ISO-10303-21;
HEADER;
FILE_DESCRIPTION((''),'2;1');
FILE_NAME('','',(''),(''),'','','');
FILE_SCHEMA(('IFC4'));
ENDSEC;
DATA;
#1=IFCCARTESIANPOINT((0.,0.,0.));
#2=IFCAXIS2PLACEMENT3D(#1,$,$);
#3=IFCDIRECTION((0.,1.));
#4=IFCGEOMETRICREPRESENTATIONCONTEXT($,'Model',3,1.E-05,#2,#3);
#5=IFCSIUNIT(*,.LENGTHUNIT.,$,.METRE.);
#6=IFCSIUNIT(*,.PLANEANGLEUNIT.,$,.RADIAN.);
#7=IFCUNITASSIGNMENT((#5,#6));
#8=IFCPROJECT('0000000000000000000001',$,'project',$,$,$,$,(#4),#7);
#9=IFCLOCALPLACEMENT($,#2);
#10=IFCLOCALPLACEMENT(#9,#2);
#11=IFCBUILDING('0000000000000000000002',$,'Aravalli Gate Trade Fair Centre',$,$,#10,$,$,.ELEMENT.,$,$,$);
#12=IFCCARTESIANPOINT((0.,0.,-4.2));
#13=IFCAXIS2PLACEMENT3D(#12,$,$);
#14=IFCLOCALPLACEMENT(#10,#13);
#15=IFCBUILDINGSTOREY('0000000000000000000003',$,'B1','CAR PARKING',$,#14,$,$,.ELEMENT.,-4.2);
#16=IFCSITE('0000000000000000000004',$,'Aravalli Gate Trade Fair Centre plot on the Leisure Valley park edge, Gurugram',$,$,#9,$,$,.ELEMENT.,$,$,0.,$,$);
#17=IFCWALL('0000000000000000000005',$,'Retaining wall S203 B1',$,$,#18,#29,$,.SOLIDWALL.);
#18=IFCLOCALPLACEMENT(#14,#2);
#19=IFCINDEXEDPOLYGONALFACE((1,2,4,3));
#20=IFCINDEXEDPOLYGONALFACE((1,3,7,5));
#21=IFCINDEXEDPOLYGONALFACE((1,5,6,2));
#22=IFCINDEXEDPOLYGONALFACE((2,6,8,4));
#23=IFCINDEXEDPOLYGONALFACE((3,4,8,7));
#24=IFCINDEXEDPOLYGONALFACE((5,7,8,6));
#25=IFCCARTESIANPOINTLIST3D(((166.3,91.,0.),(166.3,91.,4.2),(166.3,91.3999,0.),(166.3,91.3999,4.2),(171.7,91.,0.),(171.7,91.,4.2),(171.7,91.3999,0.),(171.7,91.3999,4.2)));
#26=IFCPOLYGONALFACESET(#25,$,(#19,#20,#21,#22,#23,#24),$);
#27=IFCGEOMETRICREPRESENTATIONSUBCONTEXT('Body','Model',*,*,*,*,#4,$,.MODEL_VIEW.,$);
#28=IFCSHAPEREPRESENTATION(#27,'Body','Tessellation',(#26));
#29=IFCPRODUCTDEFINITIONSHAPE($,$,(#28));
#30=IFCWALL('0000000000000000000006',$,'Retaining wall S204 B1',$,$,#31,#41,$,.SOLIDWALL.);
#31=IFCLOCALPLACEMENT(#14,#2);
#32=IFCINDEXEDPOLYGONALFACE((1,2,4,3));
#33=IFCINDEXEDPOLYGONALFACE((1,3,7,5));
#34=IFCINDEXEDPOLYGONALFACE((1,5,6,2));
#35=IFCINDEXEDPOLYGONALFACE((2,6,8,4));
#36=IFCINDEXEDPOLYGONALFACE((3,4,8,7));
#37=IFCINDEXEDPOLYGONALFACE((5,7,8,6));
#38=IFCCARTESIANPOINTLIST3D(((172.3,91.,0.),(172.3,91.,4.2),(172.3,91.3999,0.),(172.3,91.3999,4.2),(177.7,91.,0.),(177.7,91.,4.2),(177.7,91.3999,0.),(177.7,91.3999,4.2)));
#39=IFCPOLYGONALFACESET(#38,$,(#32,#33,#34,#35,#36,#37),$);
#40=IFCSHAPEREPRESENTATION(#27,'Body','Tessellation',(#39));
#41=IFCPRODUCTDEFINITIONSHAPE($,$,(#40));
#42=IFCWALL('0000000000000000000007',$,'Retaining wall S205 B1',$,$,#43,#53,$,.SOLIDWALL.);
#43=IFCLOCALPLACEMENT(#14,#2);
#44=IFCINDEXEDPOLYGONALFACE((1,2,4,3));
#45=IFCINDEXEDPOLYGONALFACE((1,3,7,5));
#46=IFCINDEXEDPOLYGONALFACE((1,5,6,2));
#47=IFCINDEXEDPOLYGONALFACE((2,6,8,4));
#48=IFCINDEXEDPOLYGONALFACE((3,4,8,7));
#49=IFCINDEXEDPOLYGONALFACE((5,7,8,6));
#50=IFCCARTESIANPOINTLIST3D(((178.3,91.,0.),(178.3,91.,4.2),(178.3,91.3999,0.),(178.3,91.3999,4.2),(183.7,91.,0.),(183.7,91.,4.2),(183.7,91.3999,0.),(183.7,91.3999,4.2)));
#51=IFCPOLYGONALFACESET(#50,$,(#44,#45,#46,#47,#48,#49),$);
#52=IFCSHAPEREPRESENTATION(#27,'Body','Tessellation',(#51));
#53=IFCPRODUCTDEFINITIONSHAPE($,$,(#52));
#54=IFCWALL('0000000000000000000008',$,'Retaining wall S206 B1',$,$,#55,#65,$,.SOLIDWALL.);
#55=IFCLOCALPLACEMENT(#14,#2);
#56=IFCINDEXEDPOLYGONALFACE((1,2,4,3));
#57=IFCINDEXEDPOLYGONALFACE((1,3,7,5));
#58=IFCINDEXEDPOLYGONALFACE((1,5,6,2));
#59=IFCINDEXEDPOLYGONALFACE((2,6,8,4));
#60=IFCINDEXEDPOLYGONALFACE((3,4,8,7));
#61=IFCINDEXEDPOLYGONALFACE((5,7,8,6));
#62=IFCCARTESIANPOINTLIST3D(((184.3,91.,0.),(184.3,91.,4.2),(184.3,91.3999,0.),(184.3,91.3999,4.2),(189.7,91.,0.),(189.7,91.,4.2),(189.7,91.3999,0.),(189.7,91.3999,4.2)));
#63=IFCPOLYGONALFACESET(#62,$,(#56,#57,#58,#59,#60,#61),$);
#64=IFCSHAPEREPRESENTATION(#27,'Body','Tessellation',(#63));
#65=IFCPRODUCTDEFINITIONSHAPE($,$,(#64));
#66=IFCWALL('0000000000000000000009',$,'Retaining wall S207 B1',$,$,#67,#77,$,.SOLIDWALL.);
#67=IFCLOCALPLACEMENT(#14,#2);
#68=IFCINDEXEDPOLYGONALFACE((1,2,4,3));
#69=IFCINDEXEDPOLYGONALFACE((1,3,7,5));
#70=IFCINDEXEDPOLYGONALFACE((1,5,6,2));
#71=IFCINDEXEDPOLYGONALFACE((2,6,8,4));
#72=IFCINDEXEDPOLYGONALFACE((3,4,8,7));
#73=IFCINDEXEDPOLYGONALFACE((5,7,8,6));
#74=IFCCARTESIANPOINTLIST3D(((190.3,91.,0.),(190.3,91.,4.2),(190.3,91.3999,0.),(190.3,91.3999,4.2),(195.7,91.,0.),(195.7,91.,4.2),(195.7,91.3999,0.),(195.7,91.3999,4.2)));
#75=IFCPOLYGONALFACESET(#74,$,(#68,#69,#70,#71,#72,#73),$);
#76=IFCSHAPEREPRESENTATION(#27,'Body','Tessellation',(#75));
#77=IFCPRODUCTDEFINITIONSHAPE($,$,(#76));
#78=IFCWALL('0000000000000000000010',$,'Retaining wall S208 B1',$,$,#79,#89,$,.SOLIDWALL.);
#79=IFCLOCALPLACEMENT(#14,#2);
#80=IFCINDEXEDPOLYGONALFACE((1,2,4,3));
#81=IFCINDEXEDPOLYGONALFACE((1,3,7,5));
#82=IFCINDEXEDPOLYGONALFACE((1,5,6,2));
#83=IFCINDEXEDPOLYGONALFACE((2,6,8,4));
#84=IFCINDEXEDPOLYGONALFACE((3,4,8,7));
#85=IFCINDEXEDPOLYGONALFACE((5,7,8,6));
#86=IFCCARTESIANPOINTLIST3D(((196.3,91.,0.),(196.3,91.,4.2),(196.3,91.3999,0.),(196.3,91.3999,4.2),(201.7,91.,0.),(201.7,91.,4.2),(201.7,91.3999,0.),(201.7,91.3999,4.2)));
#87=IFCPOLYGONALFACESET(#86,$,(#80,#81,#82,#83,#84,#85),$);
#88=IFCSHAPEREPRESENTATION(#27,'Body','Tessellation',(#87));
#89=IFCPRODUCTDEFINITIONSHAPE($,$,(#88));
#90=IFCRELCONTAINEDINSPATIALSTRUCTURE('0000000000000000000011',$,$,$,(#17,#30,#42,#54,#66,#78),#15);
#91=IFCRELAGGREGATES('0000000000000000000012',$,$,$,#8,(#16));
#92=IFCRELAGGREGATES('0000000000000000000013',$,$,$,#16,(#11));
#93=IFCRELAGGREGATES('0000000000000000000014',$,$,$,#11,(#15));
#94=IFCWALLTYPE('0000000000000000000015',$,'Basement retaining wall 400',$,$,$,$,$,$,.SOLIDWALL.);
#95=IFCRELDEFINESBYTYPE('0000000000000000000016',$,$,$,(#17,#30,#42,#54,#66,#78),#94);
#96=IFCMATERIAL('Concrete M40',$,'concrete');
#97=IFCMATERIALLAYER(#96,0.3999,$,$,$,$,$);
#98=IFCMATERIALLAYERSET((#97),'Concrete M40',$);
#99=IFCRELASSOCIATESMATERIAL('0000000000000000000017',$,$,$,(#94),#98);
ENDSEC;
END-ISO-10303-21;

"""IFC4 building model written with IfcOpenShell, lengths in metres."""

from ifc_helpers import new_model, si_unit, direction, frame, frame_2d, origin, place, context, subcontext, project, spatial, rectangle, extrude, material, layer, layer_set, type_object, element, save


model = new_model("IFC4")

# Units and contexts
model_context = context("Model", 3, precision=1e-05, world=origin(), true_north=direction((0.0, 1.0)))
body_context = subcontext(model_context, "Body", "Model", "MODEL_VIEW")
ifc_project = project(units=[si_unit("LENGTHUNIT", "METRE"), si_unit("PLANEANGLEUNIT", "RADIAN")], contexts=[model_context])

# Site, building, storey
site_placement = place(None, origin())
site = spatial("IfcSite", under=ifc_project, at=site_placement, Name="Aravalli Gate Trade Fair Centre plot on the Leisure Valley park edge, Gurugram", CompositionType="ELEMENT", RefElevation=0.0)
building_placement = place(site_placement, origin())
building = spatial("IfcBuilding", under=site, at=building_placement, Name="Aravalli Gate Trade Fair Centre", CompositionType="ELEMENT")
storey_placement = place(building_placement, frame((0.0, 0.0, -4.2)))
storey = spatial("IfcBuildingStorey", under=building, at=storey_placement, Name="B1", Description="CAR PARKING", CompositionType="ELEMENT", Elevation=-4.2)

# Shared definitions
ifc_material_1 = material(Name="Concrete M40", Category="concrete")

# Walls
ifc_layer_1 = layer(ifc_material_1, 0.3999)
ifc_layer_set_1 = layer_set([ifc_layer_1], Name="Concrete M40")
wall_type_1 = type_object("IfcWallType", Name="Basement retaining wall 400", PredefinedType="SOLIDWALL", material=ifc_layer_set_1)
for number, where, z_axis, x_axis, name in (
    (1, (166.3, 91.2, 0.0), (0.0, 0.0, 1.0), (1.0, 0.0, 0.0), "Retaining wall S203 B1"),
    (2, (172.3, 91.2, 0.0), (0.0, 0.0, 1.0), (1.0, 0.0, 0.0), "Retaining wall S204 B1"),
    (3, (178.3, 91.2, 0.0), (0.0, 0.0, 1.0), (1.0, 0.0, 0.0), "Retaining wall S205 B1"),
    (4, (184.3, 91.2, 0.0), (0.0, 0.0, 1.0), (1.0, 0.0, 0.0), "Retaining wall S206 B1"),
    (5, (190.3, 91.2, 0.0), (0.0, 0.0, 1.0), (1.0, 0.0, 0.0), "Retaining wall S207 B1"),
    (6, (196.3, 91.2, 0.0), (0.0, 0.0, 1.0), (1.0, 0.0, 0.0), "Retaining wall S208 B1"),
):
    element("IfcWall", number, at=place(storey_placement, frame(where, z_axis=z_axis, x_axis=x_axis)), inside=storey, type_object=wall_type_1, Name=name, PredefinedType="SOLIDWALL", context=body_context, shape_type="SweptSolid", body=[
        extrude(rectangle(XDim=5.3999, YDim=0.3999, at=frame_2d((2.7, 0.0))), origin(), (0.0, 0.0, 1.0), 4.2),
    ])

save(model, "model.ifc")
